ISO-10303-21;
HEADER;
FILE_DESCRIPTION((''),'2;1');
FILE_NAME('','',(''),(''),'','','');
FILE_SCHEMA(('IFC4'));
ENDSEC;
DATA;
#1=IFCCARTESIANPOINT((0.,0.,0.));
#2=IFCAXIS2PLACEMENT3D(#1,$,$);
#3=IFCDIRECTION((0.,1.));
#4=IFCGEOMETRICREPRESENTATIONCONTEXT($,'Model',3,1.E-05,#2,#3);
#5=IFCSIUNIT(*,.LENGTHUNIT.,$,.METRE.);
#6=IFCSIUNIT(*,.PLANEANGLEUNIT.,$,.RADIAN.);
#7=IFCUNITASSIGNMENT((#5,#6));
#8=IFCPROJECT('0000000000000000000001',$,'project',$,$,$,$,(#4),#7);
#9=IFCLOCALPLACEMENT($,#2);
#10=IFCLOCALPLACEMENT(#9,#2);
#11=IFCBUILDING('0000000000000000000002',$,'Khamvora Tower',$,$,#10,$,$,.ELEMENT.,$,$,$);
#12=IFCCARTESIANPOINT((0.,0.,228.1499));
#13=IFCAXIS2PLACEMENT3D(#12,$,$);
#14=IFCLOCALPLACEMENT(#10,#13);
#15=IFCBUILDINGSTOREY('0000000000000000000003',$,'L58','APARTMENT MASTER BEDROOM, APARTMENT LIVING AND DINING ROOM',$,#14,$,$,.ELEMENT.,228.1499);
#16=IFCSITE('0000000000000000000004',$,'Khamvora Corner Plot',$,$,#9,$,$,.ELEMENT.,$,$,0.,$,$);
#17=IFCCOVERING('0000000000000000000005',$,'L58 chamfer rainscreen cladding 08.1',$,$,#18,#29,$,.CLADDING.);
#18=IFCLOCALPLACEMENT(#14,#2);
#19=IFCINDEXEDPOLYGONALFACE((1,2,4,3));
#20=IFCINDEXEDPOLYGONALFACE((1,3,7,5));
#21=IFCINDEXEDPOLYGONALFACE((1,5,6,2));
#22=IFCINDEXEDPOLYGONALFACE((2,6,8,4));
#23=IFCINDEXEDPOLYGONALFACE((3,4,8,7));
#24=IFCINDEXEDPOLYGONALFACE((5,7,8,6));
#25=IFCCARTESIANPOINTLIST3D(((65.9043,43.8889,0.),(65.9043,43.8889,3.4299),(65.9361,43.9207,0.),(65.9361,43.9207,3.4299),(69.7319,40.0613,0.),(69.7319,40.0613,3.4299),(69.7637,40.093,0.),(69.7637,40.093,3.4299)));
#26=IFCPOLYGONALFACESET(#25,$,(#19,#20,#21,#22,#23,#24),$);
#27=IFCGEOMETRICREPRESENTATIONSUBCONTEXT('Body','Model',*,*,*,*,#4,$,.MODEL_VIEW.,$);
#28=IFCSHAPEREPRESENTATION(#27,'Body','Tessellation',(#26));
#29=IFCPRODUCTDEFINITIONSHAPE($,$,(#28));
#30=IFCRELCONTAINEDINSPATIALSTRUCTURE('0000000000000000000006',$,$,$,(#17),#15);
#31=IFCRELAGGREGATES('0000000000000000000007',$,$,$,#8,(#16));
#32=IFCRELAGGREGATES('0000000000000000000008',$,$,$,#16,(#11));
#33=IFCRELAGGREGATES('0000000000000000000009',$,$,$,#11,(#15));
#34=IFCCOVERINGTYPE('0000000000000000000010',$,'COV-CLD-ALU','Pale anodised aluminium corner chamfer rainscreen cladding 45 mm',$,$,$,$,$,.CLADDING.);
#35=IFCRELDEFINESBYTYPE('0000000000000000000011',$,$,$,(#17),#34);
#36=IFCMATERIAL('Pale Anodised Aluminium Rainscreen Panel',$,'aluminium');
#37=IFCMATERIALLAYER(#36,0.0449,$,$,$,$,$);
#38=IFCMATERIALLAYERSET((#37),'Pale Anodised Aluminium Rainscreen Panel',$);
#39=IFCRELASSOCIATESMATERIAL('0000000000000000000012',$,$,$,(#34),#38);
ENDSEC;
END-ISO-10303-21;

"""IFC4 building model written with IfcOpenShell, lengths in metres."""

from ifc_helpers import new_model, si_unit, direction, frame, origin, origin_2d, place, context, subcontext, project, spatial, rectangle, extrude, material, layer, layer_set, type_object, element, save


model = new_model("IFC4")

# Units and contexts
model_context = context("Model", 3, precision=1e-05, world=origin(), true_north=direction((0.0, 1.0)))
body_context = subcontext(model_context, "Body", "Model", "MODEL_VIEW")
ifc_project = project(units=[si_unit("LENGTHUNIT", "METRE"), si_unit("PLANEANGLEUNIT", "RADIAN")], contexts=[model_context])

# Site, building, storey
site_placement = place(None, origin())
site = spatial("IfcSite", under=ifc_project, at=site_placement, Name="Khamvora Corner Plot", CompositionType="ELEMENT", RefElevation=0.0)
building_placement = place(site_placement, origin())
building = spatial("IfcBuilding", under=site, at=building_placement, Name="Khamvora Tower", CompositionType="ELEMENT")
storey_placement = place(building_placement, frame((0.0, 0.0, 228.1499)))
storey = spatial("IfcBuildingStorey", under=building, at=storey_placement, Name="L58", Description="APARTMENT MASTER BEDROOM, APARTMENT LIVING AND DINING ROOM", CompositionType="ELEMENT", Elevation=228.1499)

# Covering
ifc_material_1 = material(Name="Pale Anodised Aluminium Rainscreen Panel", Category="aluminium")
ifc_layer_1 = layer(ifc_material_1, 0.0449)
ifc_layer_set_1 = layer_set([ifc_layer_1], Name="Pale Anodised Aluminium Rainscreen Panel")
covering_type = type_object("IfcCoveringType", Name="COV-CLD-ALU", Description="Pale anodised aluminium corner chamfer rainscreen cladding 45 mm", PredefinedType="CLADDING", material=ifc_layer_set_1)
covering_placement = place(storey_placement, frame((67.834, 41.991, 0.0), z_axis=(0.0, 0.0, 1.0), x_axis=(0.707107, -0.707107, 0.0)))
element("IfcCovering", 1, at=covering_placement, inside=storey, type_object=covering_type, Name="L58 chamfer rainscreen cladding 08.1", PredefinedType="CLADDING", context=body_context, shape_type="SweptSolid", body=[
    extrude(rectangle(XDim=5.4131, YDim=0.0449, at=origin_2d()), origin(), (0.0, 0.0, 1.0), 3.4299),
])

save(model, "model.ifc")
